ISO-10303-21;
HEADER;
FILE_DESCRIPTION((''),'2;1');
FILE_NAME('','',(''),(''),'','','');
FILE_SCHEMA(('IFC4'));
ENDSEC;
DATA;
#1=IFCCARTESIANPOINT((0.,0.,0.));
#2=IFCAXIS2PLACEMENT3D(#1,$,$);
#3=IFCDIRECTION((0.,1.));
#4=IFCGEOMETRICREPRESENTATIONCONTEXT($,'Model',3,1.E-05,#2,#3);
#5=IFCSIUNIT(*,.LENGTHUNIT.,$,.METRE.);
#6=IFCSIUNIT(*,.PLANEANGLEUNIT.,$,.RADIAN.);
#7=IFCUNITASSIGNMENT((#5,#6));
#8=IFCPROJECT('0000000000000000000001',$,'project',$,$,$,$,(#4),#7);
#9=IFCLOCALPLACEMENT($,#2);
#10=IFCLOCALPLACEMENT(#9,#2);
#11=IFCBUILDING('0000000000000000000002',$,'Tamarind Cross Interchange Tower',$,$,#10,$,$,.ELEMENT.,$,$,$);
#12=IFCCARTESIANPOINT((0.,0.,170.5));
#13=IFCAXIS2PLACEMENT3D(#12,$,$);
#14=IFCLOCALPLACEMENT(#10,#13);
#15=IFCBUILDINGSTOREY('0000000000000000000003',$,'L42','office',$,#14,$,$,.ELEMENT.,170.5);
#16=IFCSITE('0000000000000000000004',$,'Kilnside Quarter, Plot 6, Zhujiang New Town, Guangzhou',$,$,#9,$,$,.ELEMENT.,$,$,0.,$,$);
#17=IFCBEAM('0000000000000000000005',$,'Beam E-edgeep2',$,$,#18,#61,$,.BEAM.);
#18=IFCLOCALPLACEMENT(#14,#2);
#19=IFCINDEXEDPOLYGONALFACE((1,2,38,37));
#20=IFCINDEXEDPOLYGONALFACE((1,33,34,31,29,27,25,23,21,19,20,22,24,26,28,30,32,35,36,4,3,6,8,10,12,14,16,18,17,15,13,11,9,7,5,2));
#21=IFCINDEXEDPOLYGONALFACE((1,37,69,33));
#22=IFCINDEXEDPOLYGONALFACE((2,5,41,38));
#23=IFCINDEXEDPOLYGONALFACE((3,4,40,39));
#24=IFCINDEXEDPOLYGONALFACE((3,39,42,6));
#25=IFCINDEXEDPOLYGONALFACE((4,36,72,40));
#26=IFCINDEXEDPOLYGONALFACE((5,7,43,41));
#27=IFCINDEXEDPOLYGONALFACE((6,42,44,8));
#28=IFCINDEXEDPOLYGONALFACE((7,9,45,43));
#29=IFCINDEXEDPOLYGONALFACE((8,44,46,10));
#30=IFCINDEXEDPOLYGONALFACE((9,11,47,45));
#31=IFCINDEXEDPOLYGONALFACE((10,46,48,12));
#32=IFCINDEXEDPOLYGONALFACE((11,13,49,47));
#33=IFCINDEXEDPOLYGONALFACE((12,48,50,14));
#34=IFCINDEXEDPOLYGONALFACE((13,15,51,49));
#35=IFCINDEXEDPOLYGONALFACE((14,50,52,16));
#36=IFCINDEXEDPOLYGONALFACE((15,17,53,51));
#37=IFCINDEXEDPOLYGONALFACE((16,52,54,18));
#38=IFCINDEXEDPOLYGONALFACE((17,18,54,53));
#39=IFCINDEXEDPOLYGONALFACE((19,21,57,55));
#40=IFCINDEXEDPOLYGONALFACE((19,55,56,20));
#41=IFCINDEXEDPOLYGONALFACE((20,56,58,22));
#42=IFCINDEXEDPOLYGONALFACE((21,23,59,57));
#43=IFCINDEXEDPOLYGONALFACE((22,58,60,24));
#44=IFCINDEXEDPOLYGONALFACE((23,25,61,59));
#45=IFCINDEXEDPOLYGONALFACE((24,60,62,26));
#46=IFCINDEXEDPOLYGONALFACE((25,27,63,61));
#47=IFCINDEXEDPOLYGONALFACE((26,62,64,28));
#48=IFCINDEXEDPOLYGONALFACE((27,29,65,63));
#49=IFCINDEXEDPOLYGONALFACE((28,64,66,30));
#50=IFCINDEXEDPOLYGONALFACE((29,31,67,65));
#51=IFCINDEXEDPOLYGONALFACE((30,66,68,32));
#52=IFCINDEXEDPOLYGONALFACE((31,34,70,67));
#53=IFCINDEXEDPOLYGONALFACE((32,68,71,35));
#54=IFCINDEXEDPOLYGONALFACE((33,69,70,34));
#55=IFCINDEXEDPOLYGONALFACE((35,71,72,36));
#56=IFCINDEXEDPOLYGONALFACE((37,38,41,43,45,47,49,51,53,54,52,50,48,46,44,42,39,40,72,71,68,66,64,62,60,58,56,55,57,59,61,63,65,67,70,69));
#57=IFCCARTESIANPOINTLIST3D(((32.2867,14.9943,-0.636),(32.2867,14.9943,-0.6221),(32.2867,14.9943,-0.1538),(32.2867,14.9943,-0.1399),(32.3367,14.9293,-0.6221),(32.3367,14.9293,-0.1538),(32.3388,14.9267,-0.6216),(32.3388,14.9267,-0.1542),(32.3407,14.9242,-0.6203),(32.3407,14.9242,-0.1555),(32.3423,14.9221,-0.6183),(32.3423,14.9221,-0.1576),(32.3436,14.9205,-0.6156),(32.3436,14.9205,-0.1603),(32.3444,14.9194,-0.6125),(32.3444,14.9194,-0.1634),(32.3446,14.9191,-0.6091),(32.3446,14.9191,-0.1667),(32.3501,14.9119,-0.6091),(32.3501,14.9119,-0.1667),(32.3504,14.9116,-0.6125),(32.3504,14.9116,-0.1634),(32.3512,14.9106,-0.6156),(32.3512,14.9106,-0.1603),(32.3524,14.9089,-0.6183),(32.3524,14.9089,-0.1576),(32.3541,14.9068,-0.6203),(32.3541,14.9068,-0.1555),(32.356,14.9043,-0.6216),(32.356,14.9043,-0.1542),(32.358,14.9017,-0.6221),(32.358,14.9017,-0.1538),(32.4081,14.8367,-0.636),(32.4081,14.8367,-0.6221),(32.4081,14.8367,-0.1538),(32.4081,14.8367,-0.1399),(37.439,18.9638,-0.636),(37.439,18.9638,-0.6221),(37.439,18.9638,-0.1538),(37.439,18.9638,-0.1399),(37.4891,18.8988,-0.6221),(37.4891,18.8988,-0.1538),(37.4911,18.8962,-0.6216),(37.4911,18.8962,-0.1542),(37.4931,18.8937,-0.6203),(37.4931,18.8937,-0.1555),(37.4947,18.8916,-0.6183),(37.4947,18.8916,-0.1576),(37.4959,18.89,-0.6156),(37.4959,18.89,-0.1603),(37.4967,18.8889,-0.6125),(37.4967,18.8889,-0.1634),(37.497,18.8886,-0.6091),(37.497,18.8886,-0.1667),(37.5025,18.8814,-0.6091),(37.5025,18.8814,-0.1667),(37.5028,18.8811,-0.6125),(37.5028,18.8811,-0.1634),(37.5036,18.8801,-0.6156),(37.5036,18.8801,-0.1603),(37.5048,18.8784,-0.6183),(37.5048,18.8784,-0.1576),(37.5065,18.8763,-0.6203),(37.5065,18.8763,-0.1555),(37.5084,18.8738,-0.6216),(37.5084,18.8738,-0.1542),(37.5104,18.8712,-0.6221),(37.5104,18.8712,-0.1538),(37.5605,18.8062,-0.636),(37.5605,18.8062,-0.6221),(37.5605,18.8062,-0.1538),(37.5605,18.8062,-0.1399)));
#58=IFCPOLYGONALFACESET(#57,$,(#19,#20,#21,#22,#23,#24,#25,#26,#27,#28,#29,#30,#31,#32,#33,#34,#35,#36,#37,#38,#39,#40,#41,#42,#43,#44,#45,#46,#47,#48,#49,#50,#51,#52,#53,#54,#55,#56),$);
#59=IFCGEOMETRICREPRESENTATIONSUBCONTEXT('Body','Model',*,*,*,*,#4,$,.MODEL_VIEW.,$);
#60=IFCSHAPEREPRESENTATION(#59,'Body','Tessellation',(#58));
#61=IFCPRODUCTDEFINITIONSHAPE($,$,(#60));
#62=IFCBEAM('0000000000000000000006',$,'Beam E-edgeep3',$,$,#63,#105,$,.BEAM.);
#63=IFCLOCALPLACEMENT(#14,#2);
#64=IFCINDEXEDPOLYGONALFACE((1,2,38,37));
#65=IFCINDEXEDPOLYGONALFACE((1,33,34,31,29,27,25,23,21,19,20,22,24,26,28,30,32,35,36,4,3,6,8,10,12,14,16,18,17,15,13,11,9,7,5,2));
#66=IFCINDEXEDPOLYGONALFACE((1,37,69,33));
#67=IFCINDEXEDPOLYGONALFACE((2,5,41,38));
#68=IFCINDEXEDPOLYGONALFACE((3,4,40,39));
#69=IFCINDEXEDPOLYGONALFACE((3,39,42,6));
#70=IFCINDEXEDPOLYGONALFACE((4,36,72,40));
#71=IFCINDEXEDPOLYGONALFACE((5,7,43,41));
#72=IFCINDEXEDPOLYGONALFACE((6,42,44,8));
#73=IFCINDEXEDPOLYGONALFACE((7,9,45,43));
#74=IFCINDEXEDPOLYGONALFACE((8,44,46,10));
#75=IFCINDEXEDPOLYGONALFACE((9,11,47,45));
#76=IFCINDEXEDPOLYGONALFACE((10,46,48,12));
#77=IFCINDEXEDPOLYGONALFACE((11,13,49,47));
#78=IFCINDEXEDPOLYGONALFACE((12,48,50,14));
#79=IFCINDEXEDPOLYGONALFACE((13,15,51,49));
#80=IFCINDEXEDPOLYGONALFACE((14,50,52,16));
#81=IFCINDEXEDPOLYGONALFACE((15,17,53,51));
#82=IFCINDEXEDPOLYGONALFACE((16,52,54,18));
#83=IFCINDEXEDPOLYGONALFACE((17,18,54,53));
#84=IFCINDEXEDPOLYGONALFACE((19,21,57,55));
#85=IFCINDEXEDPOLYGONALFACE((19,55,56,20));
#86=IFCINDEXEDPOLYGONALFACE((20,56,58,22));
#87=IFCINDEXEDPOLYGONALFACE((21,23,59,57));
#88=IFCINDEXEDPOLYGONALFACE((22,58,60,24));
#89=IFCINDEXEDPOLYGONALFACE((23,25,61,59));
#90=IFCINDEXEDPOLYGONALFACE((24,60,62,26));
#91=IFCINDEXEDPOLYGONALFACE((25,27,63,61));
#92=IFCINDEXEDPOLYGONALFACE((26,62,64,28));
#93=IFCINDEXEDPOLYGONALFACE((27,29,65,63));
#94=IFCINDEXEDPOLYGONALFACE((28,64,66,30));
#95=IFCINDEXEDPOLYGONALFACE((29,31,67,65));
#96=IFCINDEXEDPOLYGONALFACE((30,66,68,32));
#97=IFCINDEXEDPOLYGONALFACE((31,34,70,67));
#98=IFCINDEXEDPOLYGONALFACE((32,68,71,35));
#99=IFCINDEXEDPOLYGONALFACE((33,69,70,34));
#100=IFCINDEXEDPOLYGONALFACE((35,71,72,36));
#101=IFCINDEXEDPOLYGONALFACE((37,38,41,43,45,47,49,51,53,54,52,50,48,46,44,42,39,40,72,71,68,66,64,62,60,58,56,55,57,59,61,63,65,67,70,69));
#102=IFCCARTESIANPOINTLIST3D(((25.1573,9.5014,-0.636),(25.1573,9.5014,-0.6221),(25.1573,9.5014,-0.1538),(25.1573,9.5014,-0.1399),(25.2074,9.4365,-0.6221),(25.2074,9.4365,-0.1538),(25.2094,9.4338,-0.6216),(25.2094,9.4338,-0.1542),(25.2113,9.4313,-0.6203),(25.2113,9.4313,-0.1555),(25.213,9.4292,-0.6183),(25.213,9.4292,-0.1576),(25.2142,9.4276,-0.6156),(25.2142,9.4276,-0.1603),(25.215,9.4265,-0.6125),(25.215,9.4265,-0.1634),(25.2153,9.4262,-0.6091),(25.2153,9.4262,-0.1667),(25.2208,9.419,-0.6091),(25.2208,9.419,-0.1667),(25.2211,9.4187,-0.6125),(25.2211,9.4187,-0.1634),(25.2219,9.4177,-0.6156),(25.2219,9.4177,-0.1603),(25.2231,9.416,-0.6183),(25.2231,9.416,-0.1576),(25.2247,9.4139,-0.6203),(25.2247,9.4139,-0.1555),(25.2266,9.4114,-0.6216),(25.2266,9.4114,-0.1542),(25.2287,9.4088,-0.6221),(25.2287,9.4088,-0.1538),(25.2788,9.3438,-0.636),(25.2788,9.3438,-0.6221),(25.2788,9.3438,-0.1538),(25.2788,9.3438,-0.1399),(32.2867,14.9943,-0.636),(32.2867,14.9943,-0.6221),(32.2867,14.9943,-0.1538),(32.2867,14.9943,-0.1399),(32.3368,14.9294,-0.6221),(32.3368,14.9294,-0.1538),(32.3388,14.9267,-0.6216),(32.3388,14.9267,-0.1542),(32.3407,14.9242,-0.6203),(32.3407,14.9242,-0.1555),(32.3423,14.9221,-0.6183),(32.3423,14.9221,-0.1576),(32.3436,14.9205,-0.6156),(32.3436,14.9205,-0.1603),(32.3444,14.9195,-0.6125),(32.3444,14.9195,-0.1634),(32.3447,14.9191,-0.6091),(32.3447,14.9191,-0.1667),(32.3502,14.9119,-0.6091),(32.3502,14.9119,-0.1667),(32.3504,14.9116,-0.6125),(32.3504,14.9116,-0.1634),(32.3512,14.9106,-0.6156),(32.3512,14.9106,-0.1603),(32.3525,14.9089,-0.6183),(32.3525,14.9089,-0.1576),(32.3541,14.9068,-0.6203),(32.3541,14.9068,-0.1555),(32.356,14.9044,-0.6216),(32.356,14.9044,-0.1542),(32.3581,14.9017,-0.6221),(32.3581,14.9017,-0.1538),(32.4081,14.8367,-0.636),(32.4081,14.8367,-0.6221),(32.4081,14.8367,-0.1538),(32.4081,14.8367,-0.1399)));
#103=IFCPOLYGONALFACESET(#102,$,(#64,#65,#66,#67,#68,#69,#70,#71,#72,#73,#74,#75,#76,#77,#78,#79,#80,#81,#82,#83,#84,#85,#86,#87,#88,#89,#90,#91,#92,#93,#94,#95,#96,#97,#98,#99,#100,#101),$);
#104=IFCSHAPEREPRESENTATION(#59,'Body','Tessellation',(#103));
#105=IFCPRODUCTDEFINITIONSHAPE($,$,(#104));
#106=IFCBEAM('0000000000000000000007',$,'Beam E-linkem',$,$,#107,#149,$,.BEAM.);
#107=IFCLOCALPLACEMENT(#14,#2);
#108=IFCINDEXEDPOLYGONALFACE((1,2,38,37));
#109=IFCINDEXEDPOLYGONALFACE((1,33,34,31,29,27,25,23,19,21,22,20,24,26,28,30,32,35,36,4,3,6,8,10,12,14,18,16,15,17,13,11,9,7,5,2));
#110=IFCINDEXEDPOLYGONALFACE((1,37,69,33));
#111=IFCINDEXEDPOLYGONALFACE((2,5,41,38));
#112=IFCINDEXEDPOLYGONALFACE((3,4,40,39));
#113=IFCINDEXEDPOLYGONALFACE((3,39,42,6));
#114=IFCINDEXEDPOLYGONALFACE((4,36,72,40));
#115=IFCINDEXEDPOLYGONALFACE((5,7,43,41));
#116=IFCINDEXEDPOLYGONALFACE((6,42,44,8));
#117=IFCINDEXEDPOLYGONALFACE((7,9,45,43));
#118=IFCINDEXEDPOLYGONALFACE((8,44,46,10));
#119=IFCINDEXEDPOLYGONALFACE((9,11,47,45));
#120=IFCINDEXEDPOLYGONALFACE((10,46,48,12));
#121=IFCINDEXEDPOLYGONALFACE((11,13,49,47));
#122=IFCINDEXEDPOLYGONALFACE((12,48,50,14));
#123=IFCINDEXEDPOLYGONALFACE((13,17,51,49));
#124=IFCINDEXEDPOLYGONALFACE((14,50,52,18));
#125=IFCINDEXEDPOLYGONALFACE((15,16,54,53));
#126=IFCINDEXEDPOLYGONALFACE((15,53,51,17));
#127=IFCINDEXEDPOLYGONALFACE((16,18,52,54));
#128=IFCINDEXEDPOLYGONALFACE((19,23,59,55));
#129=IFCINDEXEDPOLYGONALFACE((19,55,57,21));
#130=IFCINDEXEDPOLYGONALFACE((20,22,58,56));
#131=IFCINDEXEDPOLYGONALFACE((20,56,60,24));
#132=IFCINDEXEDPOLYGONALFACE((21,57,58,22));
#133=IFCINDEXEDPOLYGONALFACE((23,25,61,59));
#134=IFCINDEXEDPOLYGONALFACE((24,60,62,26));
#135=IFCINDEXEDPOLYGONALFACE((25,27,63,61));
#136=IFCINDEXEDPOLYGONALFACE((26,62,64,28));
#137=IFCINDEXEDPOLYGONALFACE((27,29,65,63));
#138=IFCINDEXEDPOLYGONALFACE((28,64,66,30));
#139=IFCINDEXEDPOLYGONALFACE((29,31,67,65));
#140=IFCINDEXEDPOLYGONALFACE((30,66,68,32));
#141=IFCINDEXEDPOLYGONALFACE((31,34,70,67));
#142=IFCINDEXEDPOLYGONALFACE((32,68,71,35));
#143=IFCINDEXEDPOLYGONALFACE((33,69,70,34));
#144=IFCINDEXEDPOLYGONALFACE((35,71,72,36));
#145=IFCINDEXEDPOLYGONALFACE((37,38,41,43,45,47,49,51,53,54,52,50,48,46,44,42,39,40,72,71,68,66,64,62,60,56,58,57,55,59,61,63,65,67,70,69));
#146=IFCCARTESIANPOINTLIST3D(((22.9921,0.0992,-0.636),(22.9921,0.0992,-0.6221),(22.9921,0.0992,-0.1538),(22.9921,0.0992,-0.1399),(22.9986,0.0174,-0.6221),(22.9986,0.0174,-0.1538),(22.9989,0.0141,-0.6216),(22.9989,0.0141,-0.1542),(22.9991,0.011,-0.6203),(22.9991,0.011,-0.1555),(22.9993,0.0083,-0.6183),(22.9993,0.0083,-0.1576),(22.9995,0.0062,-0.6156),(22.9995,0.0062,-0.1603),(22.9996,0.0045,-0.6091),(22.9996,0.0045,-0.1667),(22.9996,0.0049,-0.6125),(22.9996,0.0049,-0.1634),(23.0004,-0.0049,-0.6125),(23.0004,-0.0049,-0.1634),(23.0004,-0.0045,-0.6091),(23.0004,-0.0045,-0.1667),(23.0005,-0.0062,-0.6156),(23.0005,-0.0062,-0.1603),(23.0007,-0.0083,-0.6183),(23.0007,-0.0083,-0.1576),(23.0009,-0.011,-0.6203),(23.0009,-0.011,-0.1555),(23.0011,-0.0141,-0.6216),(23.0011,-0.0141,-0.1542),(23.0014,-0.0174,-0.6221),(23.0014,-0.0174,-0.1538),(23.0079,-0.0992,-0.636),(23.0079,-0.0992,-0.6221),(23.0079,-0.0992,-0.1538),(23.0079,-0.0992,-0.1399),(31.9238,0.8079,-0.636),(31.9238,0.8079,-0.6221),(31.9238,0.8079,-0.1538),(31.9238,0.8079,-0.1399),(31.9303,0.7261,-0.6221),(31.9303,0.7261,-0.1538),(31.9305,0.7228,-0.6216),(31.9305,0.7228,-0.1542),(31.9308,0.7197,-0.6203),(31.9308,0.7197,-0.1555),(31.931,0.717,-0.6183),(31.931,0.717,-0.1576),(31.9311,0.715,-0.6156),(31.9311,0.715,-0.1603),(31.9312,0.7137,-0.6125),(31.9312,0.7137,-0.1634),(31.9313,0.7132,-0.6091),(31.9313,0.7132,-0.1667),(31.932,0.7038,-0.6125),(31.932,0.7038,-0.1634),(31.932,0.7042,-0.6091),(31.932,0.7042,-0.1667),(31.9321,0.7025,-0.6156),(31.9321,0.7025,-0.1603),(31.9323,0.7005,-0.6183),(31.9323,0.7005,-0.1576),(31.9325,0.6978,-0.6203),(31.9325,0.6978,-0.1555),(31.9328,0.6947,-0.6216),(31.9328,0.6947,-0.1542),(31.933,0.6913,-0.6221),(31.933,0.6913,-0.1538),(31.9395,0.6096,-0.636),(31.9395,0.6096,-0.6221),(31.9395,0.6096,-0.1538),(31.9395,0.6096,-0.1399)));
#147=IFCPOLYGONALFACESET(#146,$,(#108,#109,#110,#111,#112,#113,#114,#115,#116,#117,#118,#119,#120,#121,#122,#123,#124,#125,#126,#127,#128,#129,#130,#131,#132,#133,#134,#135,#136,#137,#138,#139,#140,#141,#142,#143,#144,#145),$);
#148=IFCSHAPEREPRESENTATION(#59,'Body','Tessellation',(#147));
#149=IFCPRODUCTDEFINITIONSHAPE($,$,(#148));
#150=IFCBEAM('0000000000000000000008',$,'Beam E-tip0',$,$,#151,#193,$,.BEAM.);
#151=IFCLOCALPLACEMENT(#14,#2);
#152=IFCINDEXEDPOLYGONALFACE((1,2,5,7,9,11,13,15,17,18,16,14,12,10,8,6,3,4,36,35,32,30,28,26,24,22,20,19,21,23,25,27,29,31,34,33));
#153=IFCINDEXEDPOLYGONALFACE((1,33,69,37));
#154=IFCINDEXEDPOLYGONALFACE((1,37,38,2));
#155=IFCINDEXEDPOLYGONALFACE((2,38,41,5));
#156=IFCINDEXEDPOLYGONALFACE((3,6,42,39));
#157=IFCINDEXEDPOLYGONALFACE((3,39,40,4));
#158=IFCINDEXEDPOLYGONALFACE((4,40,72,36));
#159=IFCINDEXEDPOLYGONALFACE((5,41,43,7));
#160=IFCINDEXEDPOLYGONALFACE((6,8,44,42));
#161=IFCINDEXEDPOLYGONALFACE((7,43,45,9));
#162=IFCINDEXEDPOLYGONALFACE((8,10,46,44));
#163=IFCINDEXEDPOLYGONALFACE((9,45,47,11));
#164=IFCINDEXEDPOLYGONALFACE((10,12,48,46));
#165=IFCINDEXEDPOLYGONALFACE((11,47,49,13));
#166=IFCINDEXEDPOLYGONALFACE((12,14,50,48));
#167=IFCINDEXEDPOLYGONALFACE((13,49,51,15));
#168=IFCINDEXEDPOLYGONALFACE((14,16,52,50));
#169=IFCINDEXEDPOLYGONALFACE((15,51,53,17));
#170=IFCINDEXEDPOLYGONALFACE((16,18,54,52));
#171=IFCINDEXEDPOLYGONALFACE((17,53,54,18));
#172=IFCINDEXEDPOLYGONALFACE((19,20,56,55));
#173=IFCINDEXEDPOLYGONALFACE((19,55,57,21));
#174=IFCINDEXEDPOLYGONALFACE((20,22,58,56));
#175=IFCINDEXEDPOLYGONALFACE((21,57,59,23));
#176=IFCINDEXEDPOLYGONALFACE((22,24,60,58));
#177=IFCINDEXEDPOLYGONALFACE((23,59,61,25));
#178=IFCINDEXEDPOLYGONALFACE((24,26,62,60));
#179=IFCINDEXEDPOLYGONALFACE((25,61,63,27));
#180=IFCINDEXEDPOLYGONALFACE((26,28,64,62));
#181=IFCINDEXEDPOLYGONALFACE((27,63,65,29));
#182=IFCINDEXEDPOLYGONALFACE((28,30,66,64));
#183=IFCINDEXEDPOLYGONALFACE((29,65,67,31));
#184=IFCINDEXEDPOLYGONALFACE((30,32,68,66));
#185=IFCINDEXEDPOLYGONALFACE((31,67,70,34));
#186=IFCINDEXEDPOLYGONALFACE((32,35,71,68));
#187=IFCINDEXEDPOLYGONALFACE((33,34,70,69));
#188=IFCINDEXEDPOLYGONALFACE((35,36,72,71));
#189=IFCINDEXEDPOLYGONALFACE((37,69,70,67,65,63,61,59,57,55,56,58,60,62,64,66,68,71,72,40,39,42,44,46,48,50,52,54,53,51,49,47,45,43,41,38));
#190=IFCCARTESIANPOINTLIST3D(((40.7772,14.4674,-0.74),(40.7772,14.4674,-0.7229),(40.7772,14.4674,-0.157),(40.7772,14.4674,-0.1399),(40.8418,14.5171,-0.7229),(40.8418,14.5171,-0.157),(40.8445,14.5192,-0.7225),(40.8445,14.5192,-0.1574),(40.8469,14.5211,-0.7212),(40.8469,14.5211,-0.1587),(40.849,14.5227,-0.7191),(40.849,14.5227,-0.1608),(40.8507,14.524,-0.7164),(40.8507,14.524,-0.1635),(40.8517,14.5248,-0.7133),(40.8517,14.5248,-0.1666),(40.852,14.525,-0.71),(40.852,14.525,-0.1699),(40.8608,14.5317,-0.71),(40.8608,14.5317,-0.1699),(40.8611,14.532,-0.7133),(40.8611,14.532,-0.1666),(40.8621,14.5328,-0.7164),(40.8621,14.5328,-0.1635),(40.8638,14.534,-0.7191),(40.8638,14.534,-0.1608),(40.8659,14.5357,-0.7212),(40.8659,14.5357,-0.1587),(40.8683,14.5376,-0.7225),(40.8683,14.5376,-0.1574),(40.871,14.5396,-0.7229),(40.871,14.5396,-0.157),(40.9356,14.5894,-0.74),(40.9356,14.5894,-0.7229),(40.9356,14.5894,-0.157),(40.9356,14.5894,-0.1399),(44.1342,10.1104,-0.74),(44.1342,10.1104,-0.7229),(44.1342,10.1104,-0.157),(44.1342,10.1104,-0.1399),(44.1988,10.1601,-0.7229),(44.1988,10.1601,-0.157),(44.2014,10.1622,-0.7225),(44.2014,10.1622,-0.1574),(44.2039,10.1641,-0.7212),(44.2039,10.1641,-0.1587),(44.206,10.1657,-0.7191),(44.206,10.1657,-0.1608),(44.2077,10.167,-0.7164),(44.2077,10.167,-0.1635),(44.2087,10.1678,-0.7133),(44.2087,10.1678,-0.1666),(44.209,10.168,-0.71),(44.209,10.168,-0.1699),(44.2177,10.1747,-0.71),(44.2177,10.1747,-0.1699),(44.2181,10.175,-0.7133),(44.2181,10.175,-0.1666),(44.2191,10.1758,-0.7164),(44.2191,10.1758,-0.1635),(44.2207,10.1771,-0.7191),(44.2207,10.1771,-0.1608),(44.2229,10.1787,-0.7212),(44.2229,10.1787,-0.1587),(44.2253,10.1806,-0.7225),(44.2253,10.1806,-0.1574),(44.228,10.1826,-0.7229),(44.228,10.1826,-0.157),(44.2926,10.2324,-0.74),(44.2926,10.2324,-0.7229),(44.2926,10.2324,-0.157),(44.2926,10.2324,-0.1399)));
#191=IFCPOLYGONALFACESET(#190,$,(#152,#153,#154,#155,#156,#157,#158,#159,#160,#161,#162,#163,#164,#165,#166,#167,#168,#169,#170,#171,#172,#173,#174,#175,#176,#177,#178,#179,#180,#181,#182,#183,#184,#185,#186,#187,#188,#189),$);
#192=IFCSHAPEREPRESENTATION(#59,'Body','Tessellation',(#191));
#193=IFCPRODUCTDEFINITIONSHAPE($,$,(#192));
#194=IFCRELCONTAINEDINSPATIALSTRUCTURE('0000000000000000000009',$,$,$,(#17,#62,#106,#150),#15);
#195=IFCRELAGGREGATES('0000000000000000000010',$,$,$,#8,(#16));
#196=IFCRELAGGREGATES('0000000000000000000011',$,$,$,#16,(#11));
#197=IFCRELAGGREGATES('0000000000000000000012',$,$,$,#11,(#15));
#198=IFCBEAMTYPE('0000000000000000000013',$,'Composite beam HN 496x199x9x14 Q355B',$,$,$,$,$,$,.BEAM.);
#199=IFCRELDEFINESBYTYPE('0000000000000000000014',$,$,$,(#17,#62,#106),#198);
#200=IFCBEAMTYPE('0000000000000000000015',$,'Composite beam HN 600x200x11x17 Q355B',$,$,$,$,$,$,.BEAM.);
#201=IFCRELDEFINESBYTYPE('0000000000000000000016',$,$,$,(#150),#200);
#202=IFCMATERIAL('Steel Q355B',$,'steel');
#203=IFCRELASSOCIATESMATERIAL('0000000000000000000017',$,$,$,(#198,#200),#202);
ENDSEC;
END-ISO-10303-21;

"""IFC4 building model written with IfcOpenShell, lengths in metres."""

from ifc_helpers import new_model, si_unit, direction, frame, origin, origin_2d, place, context, subcontext, project, spatial, i_section, extrude, material, material_profile, profile_set, type_object, element, save


model = new_model("IFC4")

# Units and contexts
model_context = context("Model", 3, precision=1e-05, world=origin(), true_north=direction((0.0, 1.0)))
body_context = subcontext(model_context, "Body", "Model", "MODEL_VIEW")
ifc_project = project(units=[si_unit("LENGTHUNIT", "METRE"), si_unit("PLANEANGLEUNIT", "RADIAN")], contexts=[model_context])

# Site, building, storey
site_placement = place(None, origin())
site = spatial("IfcSite", under=ifc_project, at=site_placement, Name="Kilnside Quarter, Plot 6, Zhujiang New Town, Guangzhou", CompositionType="ELEMENT", RefElevation=0.0)
building_placement = place(site_placement, origin())
building = spatial("IfcBuilding", under=site, at=building_placement, Name="Tamarind Cross Interchange Tower", CompositionType="ELEMENT")
storey_placement = place(building_placement, frame((0.0, 0.0, 170.5)))
storey = spatial("IfcBuildingStorey", under=building, at=storey_placement, Name="L42", Description="office", CompositionType="ELEMENT", Elevation=170.5)

# Beams
ifc_material_1 = material(Name="Steel Q355B", Category="steel")
ifc_material_profile_1 = material_profile(ifc_material_1, i_section(OverallWidth=0.199, OverallDepth=0.4961, WebThickness=0.009, FlangeThickness=0.0139, FilletRadius=0.0129, at=origin_2d()), Name="HN 496x199x9x14")
ifc_profile_set_1 = profile_set([ifc_material_profile_1], Name="Steel Q355B")
beam_type_1 = type_object("IfcBeamType", Name="Composite beam HN 496x199x9x14 Q355B", PredefinedType="BEAM", material=ifc_profile_set_1)
beam_1_placement = place(storey_placement, frame((37.4998, 18.885, -0.3879), z_axis=(-0.792167, -0.610304, 0.0), x_axis=(0.610304, -0.792167, 0.0)))
element("IfcBeam", 1, at=beam_1_placement, inside=storey, type_object=beam_type_1, Name="Beam E-edgeep2", PredefinedType="BEAM", context=body_context, shape_type="SweptSolid", body=[
    extrude(i_section(OverallWidth=0.199, OverallDepth=0.4961, WebThickness=0.009, FlangeThickness=0.0139, FilletRadius=0.0129, at=origin_2d()), origin(), (0.0, 0.0, 1.0), 6.5042),
])
beam_2_placement = place(storey_placement, frame((32.3474, 14.9155, -0.3879), z_axis=(-0.792153, -0.610323, 0.0), x_axis=(0.610323, -0.792153, 0.0)))
element("IfcBeam", 2, at=beam_2_placement, inside=storey, type_object=beam_type_1, Name="Beam E-edgeep3", PredefinedType="BEAM", context=body_context, shape_type="SweptSolid", body=[
    extrude(i_section(OverallWidth=0.199, OverallDepth=0.4961, WebThickness=0.009, FlangeThickness=0.0139, FilletRadius=0.0129, at=origin_2d()), origin(), (0.0, 0.0, 1.0), 9.0),
])
beam_3_placement = place(storey_placement, frame((31.9316, 0.7087, -0.3879), z_axis=(-0.996866, -0.079103, 0.0), x_axis=(0.079103, -0.996866, 0.0)))
element("IfcBeam", 3, at=beam_3_placement, inside=storey, type_object=beam_type_1, Name="Beam E-linkem", PredefinedType="BEAM", context=body_context, shape_type="SweptSolid", body=[
    extrude(i_section(OverallWidth=0.199, OverallDepth=0.4961, WebThickness=0.009, FlangeThickness=0.0139, FilletRadius=0.0129, at=origin_2d()), origin(), (0.0, 0.0, 1.0), 8.9597),
])
ifc_material_profile_2 = material_profile(ifc_material_1, i_section(OverallWidth=0.2, OverallDepth=0.6001, WebThickness=0.011, FlangeThickness=0.0171, FilletRadius=0.0129, at=origin_2d()), Name="HN 600x200x11x17")
ifc_profile_set_2 = profile_set([ifc_material_profile_2], Name="Steel Q355B")
beam_type_2 = type_object("IfcBeamType", Name="Composite beam HN 600x200x11x17 Q355B", PredefinedType="BEAM", material=ifc_profile_set_2)
beam_4_placement = place(storey_placement, frame((44.2134, 10.1714, -0.4399), z_axis=(-0.610333, 0.792145, 0.0), x_axis=(-0.792145, -0.610333, 0.0)))
element("IfcBeam", 4, at=beam_4_placement, inside=storey, type_object=beam_type_2, Name="Beam E-tip0", PredefinedType="BEAM", context=body_context, shape_type="SweptSolid", body=[
    extrude(i_section(OverallWidth=0.2, OverallDepth=0.6001, WebThickness=0.011, FlangeThickness=0.0171, FilletRadius=0.0129, at=origin_2d()), origin(), (0.0, 0.0, 1.0), 5.5002),
])

save(model, "model.ifc")
